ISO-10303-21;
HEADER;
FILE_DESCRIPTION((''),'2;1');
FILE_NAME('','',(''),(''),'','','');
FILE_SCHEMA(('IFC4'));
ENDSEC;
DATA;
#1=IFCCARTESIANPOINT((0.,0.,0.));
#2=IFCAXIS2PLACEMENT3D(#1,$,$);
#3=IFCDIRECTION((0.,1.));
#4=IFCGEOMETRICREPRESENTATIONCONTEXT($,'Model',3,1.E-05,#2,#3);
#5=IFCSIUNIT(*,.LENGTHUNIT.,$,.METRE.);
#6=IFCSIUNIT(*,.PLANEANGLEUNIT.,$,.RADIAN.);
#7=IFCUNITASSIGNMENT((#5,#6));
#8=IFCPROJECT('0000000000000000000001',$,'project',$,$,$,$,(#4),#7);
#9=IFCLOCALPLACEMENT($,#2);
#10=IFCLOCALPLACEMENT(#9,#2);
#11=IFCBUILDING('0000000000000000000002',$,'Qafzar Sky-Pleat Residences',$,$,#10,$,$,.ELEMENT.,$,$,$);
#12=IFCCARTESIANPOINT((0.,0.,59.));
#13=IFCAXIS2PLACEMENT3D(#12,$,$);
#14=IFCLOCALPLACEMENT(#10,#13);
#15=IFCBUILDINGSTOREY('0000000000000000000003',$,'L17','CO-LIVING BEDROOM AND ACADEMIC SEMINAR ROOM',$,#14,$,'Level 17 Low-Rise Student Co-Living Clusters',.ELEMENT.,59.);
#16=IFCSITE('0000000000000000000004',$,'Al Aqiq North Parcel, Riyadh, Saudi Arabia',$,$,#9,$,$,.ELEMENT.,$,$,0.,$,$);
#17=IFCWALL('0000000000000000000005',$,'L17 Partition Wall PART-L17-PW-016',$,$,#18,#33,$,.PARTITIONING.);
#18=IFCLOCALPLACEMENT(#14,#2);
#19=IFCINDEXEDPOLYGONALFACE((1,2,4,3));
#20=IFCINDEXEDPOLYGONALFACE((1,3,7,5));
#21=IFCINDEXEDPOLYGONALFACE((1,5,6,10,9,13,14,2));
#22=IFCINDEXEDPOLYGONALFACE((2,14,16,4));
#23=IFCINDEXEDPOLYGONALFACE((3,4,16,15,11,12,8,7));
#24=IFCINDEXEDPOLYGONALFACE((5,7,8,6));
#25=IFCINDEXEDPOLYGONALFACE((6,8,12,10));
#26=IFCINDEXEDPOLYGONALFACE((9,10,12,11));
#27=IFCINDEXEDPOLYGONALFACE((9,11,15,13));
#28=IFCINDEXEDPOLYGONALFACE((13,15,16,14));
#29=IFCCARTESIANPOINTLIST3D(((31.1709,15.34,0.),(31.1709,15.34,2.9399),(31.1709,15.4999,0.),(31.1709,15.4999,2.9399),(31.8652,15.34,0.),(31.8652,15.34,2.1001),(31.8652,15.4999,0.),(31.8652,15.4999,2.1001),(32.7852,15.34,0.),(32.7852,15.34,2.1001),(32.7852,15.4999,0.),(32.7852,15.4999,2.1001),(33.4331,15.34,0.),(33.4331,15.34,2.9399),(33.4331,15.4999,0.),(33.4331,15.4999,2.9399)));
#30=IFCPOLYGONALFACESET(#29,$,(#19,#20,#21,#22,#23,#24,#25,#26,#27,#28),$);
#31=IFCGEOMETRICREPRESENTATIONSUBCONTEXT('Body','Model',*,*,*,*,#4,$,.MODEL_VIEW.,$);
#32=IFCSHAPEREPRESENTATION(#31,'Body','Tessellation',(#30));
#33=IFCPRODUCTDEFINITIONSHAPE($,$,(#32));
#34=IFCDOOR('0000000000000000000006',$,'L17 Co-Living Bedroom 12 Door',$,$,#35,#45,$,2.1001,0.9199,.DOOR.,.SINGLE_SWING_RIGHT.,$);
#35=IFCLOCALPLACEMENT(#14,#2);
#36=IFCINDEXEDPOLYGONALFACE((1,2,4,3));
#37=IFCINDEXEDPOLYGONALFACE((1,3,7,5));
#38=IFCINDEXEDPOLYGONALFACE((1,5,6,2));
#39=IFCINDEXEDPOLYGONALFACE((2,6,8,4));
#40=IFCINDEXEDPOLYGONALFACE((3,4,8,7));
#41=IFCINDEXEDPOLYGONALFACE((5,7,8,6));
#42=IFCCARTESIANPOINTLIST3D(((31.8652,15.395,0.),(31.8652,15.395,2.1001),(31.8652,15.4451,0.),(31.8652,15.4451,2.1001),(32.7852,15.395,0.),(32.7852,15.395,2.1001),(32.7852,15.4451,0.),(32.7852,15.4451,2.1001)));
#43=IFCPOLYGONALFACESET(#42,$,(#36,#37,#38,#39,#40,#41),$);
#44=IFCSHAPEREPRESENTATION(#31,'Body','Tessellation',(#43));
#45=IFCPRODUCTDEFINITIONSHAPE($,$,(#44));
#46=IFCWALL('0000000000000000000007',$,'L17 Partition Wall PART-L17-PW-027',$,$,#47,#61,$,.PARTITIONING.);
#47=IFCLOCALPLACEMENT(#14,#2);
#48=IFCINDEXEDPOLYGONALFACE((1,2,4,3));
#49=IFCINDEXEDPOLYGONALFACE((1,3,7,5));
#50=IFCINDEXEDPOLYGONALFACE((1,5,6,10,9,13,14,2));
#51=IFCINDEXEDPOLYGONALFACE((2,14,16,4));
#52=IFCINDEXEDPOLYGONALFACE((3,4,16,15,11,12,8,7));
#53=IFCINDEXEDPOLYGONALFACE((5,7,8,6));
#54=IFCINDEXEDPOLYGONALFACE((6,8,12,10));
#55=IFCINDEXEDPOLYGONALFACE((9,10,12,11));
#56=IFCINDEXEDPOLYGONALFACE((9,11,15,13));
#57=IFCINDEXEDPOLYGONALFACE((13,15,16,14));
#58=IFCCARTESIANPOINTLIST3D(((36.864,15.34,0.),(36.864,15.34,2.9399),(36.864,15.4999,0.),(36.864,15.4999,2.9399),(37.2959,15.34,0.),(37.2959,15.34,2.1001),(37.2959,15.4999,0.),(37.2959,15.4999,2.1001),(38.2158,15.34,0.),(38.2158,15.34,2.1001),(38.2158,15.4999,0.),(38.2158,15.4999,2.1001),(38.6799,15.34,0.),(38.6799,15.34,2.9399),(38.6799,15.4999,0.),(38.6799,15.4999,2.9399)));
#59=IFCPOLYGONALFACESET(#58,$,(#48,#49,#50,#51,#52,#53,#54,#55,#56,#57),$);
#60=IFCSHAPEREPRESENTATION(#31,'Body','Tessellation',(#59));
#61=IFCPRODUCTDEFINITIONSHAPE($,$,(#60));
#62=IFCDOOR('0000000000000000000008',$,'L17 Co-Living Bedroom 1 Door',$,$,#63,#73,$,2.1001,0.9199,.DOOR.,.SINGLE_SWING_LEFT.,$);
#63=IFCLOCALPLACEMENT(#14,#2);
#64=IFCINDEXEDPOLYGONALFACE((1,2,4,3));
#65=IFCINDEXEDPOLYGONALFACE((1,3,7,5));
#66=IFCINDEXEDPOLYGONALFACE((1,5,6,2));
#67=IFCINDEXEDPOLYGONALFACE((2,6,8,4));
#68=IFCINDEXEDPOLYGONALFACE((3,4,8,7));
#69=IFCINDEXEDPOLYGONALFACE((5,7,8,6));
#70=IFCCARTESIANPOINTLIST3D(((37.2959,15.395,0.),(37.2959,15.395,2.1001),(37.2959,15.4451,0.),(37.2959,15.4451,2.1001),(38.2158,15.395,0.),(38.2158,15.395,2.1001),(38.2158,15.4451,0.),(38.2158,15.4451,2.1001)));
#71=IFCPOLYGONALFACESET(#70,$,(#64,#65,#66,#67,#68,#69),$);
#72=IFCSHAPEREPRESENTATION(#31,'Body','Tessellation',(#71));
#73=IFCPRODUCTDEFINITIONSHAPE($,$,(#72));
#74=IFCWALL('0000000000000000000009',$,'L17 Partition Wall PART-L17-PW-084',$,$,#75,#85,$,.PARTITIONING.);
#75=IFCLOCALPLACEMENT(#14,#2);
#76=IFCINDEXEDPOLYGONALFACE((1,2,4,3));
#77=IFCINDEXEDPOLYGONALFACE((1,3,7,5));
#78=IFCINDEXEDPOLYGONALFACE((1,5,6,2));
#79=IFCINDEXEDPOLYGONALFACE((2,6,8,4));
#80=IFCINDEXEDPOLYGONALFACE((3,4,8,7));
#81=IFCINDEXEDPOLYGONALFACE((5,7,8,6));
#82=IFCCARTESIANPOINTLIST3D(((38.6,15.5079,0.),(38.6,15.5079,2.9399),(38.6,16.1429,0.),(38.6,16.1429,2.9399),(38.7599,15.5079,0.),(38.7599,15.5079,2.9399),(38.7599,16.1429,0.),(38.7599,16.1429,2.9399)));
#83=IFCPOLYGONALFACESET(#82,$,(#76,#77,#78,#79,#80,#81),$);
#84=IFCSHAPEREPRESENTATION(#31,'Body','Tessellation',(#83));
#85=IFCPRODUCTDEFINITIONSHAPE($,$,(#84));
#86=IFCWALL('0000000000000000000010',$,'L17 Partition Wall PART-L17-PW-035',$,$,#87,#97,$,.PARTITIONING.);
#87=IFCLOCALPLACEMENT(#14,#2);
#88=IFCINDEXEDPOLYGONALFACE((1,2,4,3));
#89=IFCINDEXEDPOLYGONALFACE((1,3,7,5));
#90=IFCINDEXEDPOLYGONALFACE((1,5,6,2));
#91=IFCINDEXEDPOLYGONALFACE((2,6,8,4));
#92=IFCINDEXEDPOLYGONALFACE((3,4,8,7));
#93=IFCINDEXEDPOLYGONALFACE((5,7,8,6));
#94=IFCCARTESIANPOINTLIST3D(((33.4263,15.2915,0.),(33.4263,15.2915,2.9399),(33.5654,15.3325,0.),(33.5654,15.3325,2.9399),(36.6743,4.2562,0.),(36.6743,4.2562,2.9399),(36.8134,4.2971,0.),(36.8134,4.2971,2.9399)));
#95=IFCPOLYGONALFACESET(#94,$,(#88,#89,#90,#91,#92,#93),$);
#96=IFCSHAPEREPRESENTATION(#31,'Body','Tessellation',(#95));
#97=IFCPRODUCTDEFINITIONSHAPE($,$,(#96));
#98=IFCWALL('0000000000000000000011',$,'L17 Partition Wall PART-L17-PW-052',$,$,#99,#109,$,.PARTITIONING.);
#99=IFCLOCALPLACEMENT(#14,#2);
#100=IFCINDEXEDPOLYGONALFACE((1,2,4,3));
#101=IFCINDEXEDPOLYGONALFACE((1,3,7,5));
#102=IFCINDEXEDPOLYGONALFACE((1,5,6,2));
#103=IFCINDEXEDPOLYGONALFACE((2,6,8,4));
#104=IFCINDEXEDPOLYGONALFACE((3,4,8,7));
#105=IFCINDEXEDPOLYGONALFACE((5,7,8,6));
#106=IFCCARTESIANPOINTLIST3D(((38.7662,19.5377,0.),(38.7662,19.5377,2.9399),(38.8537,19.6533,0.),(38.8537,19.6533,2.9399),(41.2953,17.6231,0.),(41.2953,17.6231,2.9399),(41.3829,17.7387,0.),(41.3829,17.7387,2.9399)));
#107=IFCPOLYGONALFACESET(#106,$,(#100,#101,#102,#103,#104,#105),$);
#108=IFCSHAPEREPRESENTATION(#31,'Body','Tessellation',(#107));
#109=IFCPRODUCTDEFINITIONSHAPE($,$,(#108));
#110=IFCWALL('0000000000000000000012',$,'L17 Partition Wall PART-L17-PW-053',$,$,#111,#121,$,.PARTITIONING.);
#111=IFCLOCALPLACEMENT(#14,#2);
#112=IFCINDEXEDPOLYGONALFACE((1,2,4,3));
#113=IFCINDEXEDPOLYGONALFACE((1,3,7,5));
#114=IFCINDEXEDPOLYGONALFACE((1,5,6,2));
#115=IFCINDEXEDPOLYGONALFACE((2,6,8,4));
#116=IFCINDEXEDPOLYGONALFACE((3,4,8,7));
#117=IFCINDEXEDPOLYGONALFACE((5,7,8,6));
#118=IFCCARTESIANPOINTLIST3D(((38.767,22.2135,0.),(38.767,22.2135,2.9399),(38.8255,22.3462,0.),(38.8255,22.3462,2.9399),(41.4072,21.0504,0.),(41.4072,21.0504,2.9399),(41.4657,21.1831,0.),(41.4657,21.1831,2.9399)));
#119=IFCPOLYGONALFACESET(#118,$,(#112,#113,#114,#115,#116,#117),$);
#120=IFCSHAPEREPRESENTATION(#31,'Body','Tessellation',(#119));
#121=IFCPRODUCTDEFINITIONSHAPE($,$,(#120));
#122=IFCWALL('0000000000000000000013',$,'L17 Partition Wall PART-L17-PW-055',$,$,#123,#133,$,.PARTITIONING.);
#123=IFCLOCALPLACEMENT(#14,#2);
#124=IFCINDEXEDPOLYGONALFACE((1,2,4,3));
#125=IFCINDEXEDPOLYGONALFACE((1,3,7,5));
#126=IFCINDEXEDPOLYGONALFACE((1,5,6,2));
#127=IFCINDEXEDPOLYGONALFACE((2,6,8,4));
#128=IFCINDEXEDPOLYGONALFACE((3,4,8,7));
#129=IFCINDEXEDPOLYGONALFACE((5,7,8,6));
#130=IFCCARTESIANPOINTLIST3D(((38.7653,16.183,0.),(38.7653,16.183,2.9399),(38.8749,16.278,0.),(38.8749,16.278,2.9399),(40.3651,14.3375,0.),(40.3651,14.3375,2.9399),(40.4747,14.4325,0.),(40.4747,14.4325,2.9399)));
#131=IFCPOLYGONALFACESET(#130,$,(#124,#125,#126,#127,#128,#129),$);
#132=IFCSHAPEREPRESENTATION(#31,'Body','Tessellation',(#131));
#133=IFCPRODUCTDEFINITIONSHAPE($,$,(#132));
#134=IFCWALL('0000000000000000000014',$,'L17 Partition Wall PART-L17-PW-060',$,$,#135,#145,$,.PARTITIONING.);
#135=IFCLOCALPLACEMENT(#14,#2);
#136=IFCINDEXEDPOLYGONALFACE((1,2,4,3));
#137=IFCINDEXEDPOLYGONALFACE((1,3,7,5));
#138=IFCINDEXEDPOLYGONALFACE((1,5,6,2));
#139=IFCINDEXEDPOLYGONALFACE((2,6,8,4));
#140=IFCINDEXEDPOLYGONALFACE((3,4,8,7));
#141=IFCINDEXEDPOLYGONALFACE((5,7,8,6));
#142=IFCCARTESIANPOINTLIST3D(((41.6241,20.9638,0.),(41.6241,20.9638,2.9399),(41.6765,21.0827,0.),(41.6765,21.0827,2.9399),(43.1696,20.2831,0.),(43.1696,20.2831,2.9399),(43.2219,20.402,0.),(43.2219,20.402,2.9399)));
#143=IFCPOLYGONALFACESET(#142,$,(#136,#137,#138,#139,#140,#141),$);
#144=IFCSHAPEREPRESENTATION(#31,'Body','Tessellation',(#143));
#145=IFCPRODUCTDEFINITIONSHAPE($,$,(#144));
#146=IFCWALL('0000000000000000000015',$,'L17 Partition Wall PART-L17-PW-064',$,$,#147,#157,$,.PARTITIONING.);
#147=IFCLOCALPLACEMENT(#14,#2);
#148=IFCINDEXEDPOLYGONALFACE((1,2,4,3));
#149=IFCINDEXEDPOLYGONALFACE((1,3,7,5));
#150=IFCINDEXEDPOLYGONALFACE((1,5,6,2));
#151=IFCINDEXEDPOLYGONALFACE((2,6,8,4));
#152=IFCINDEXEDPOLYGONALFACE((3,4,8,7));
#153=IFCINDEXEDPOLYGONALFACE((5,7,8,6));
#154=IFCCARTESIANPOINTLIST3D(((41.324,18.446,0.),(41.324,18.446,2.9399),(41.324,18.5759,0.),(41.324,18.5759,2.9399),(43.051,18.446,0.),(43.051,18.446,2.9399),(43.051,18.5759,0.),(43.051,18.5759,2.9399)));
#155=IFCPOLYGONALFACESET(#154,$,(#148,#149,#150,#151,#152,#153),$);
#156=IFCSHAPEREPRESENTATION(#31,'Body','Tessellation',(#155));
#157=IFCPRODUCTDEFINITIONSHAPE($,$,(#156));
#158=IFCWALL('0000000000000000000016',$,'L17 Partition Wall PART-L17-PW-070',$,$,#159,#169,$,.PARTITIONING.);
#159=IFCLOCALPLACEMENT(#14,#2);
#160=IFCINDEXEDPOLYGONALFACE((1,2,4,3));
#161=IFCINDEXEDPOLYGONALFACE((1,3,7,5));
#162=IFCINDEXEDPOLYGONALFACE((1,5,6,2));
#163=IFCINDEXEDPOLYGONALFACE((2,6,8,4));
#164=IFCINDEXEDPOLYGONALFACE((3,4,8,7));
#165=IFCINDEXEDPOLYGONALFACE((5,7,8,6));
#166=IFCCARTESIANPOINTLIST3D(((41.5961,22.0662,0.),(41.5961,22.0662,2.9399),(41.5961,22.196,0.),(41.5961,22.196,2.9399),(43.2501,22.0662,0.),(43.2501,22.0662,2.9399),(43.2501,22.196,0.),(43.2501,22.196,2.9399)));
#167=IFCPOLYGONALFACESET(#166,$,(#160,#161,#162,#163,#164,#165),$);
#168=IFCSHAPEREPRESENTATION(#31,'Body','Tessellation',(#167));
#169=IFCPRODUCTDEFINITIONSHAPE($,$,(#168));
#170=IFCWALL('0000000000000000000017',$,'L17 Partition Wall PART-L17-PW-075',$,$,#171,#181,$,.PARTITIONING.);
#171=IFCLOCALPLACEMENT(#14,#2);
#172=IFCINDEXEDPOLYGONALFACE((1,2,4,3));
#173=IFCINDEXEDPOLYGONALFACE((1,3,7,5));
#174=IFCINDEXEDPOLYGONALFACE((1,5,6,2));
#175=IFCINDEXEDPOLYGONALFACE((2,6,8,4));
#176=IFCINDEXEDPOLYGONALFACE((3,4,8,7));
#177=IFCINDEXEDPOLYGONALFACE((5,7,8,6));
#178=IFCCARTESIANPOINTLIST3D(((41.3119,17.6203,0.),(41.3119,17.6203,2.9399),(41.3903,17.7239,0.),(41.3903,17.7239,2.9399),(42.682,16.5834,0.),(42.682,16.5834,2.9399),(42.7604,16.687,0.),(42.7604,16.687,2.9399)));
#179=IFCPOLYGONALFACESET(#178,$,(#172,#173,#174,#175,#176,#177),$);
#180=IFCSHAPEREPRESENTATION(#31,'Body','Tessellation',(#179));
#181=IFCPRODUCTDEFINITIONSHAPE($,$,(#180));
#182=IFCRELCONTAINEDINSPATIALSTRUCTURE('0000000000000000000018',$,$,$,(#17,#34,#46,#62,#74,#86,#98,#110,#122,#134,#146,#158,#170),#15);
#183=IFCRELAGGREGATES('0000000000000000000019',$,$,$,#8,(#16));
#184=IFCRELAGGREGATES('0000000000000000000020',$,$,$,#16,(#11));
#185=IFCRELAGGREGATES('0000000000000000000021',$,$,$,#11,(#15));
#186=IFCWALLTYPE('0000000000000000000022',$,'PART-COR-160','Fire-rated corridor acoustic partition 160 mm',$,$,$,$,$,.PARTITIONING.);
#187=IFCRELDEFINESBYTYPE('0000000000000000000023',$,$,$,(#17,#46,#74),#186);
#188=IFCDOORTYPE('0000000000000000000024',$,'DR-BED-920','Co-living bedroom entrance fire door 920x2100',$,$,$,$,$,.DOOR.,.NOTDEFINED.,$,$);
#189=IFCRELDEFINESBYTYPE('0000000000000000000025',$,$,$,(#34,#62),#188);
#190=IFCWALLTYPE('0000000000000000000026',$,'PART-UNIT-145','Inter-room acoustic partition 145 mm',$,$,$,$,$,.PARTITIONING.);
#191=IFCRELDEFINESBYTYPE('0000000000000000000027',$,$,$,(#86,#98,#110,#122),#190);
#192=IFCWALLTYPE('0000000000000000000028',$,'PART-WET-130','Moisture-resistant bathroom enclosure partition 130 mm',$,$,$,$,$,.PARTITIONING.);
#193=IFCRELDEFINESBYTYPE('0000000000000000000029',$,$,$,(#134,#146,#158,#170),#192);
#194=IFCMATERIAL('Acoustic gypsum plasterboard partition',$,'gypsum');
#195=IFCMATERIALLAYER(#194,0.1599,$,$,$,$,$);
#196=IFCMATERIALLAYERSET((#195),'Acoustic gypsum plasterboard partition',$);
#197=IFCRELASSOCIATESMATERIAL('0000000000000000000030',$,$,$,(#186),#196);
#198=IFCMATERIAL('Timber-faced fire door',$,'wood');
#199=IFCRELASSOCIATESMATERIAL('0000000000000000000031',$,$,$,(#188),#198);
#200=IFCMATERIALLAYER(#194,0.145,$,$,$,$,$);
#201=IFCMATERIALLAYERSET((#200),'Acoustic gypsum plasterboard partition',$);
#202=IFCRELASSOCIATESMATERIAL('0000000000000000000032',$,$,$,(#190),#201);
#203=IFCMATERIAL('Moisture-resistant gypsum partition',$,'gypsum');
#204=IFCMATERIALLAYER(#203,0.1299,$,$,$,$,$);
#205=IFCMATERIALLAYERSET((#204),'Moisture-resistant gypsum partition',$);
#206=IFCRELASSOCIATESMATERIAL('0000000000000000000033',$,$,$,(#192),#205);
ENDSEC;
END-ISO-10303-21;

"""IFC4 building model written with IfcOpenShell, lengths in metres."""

from ifc_helpers import new_model, si_unit, direction, frame, frame_2d, origin, place, context, subcontext, project, spatial, rectangle, extrude, source, transform, mapped, material, layer, layer_set, type_object, element, fill, save


model = new_model("IFC4")

# Units and contexts
model_context = context("Model", 3, precision=1e-05, world=origin(), true_north=direction((0.0, 1.0)))
body_context = subcontext(model_context, "Body", "Model", "MODEL_VIEW")
ifc_project = project(units=[si_unit("LENGTHUNIT", "METRE"), si_unit("PLANEANGLEUNIT", "RADIAN")], contexts=[model_context])

# Site, building, storey
site_placement = place(None, origin())
site = spatial("IfcSite", under=ifc_project, at=site_placement, Name="Al Aqiq North Parcel, Riyadh, Saudi Arabia", CompositionType="ELEMENT", RefElevation=0.0)
building_placement = place(site_placement, origin())
building = spatial("IfcBuilding", under=site, at=building_placement, Name="Qafzar Sky-Pleat Residences", CompositionType="ELEMENT")
storey_placement = place(building_placement, frame((0.0, 0.0, 59.0)))
storey = spatial("IfcBuildingStorey", under=building, at=storey_placement, Name="L17", Description="CO-LIVING BEDROOM AND ACADEMIC SEMINAR ROOM", LongName="Level 17 Low-Rise Student Co-Living Clusters", CompositionType="ELEMENT", Elevation=59.0)

# Walls, openings, doors
ifc_material_1 = material(Name="Acoustic gypsum plasterboard partition", Category="gypsum")
ifc_layer_1 = layer(ifc_material_1, 0.1599)
ifc_layer_set_1 = layer_set([ifc_layer_1], Name="Acoustic gypsum plasterboard partition")
wall_type_1 = type_object("IfcWallType", Name="PART-COR-160", Description="Fire-rated corridor acoustic partition 160 mm", PredefinedType="PARTITIONING", material=ifc_layer_set_1)
ifc_material_2 = material(Name="Timber-faced fire door", Category="wood")
door_type_1 = type_object("IfcDoorType", Name="DR-BED-920", Description="Co-living bedroom entrance fire door 920x2100", OperationType="NOTDEFINED", PredefinedType="DOOR", material=ifc_material_2)
shared_shape_1 = source(origin(), body_context, "Body", "SweptSolid", [
    extrude(rectangle(XDim=0.9199, YDim=2.1001, at=frame_2d((0.46, 1.05))), frame((0.0, 0.0249, 0.0), z_axis=(0.0, -1.0, 0.0), x_axis=(1.0, 0.0, 0.0)), (0.0, 0.0, 1.0), 0.05),
])
wall_1_placement = place(storey_placement, frame((33.4331, 15.4199, 0.0), z_axis=(0.0, 0.0, 1.0), x_axis=(-1.0, 0.0, 0.0)))
wall_1 = element("IfcWall", 1, at=wall_1_placement, inside=storey, type_object=wall_type_1, Name="L17 Partition Wall PART-L17-PW-016", PredefinedType="PARTITIONING", context=body_context, shape_type="SweptSolid", body=[
    extrude(rectangle(XDim=2.2622, YDim=0.1599, at=frame_2d((1.1311, 0.0))), origin(), (0.0, 0.0, 1.0), 2.9399),
])
opening_1_placement = place(wall_1_placement, frame((0.6479, 0.0, 0.0)))
opening_1 = element("IfcOpeningElement", 2, at=opening_1_placement, cuts=wall_1, PredefinedType="OPENING", context=body_context, shape_type="SweptSolid", body=[
    extrude(rectangle(XDim=0.9199, YDim=2.1001, at=frame_2d((0.46, 1.05))), frame((0.0, 0.0898, 0.0), z_axis=(0.0, -1.0, 0.0), x_axis=(1.0, 0.0, 0.0)), (0.0, 0.0, 1.0), 0.1799),
])
door_1_placement = place(opening_1_placement, origin())
door_1 = element("IfcDoor", 3, at=door_1_placement, inside=storey, type_object=door_type_1, Name="L17 Co-Living Bedroom 12 Door", OperationType="SINGLE_SWING_RIGHT", OverallHeight=2.1001, OverallWidth=0.9199, PredefinedType="DOOR", context=body_context, shape_type="MappedRepresentation", body=[
    mapped(shared_shape_1, transform((0.0, 0.0, 0.0), x_axis=(1.0, 0.0, 0.0), y_axis=(0.0, 1.0, 0.0), z_axis=(0.0, 0.0, 1.0), scale=1.0)),
])
fill(opening_1, door_1)
wall_2_placement = place(storey_placement, frame((38.6799, 15.4199, 0.0), z_axis=(0.0, 0.0, 1.0), x_axis=(-1.0, 0.0, 0.0)))
wall_2 = element("IfcWall", 4, at=wall_2_placement, inside=storey, type_object=wall_type_1, Name="L17 Partition Wall PART-L17-PW-027", PredefinedType="PARTITIONING", context=body_context, shape_type="SweptSolid", body=[
    extrude(rectangle(XDim=1.8159, YDim=0.1599, at=frame_2d((0.908, 0.0))), origin(), (0.0, 0.0, 1.0), 2.9399),
])
opening_2_placement = place(wall_2_placement, frame((0.4641, 0.0, 0.0)))
opening_2 = element("IfcOpeningElement", 5, at=opening_2_placement, cuts=wall_2, PredefinedType="OPENING", context=body_context, shape_type="SweptSolid", body=[
    extrude(rectangle(XDim=0.9199, YDim=2.1001, at=frame_2d((0.46, 1.05))), frame((0.0, 0.0898, 0.0), z_axis=(0.0, -1.0, 0.0), x_axis=(1.0, 0.0, 0.0)), (0.0, 0.0, 1.0), 0.1799),
])
door_2_placement = place(opening_2_placement, origin())
door_2 = element("IfcDoor", 6, at=door_2_placement, inside=storey, type_object=door_type_1, Name="L17 Co-Living Bedroom 1 Door", OperationType="SINGLE_SWING_LEFT", OverallHeight=2.1001, OverallWidth=0.9199, PredefinedType="DOOR", context=body_context, shape_type="MappedRepresentation", body=[
    mapped(shared_shape_1, transform((0.0, 0.0, 0.0), x_axis=(1.0, 0.0, 0.0), y_axis=(0.0, 1.0, 0.0), z_axis=(0.0, 0.0, 1.0), scale=1.0)),
])
fill(opening_2, door_2)

# Walls
wall_3_placement = place(storey_placement, frame((38.6799, 15.5081, 0.0), z_axis=(0.0, 0.0, 1.0), x_axis=(0.0, 1.0, 0.0)))
element("IfcWall", 7, at=wall_3_placement, inside=storey, type_object=wall_type_1, Name="L17 Partition Wall PART-L17-PW-084", PredefinedType="PARTITIONING", context=body_context, shape_type="SweptSolid", body=[
    extrude(rectangle(XDim=0.635, YDim=0.1599, at=frame_2d((0.3174, 0.0))), origin(), (0.0, 0.0, 1.0), 2.9399),
])
ifc_layer_2 = layer(ifc_material_1, 0.145)
ifc_layer_set_2 = layer_set([ifc_layer_2], Name="Acoustic gypsum plasterboard partition")
wall_type_2 = type_object("IfcWallType", Name="PART-UNIT-145", Description="Inter-room acoustic partition 145 mm", PredefinedType="PARTITIONING", material=ifc_layer_set_2)
wall_4_placement = place(storey_placement, frame((33.4958, 15.312, 0.0), z_axis=(0.0, 0.0, 1.0), x_axis=(0.282354, -0.95931, 0.0)))
element("IfcWall", 8, at=wall_4_placement, inside=storey, type_object=wall_type_2, Name="L17 Partition Wall PART-L17-PW-035", PredefinedType="PARTITIONING", context=body_context, shape_type="SweptSolid", body=[
    extrude(rectangle(XDim=11.5034, YDim=0.145, at=frame_2d((5.7517, 0.0))), origin(), (0.0, 0.0, 1.0), 2.9399),
])
wall_5_placement = place(storey_placement, frame((38.8101, 19.5955, 0.0), z_axis=(0.0, 0.0, 1.0), x_axis=(0.797304, -0.603578, 0.0)))
element("IfcWall", 9, at=wall_5_placement, inside=storey, type_object=wall_type_2, Name="L17 Partition Wall PART-L17-PW-052", PredefinedType="PARTITIONING", context=body_context, shape_type="SweptSolid", body=[
    extrude(rectangle(XDim=3.1721, YDim=0.145, at=frame_2d((1.5859, 0.0))), origin(), (0.0, 0.0, 1.0), 2.9399),
])
wall_6_placement = place(storey_placement, frame((38.7964, 22.2798, 0.0), z_axis=(0.0, 0.0, 1.0), x_axis=(0.915133, -0.403153, 0.0)))
element("IfcWall", 10, at=wall_6_placement, inside=storey, type_object=wall_type_2, Name="L17 Partition Wall PART-L17-PW-053", PredefinedType="PARTITIONING", context=body_context, shape_type="SweptSolid", body=[
    extrude(rectangle(XDim=2.885, YDim=0.145, at=frame_2d((1.4424, 0.0))), origin(), (0.0, 0.0, 1.0), 2.9399),
])
wall_7_placement = place(storey_placement, frame((38.8201, 16.2305, 0.0), z_axis=(0.0, 0.0, 1.0), x_axis=(0.655037, -0.755597, 0.0)))
element("IfcWall", 11, at=wall_7_placement, inside=storey, type_object=wall_type_2, Name="L17 Partition Wall PART-L17-PW-055", PredefinedType="PARTITIONING", context=body_context, shape_type="SweptSolid", body=[
    extrude(rectangle(XDim=2.4424, YDim=0.145, at=frame_2d((1.2212, 0.0))), origin(), (0.0, 0.0, 1.0), 2.9399),
])
ifc_material_3 = material(Name="Moisture-resistant gypsum partition", Category="gypsum")
ifc_layer_3 = layer(ifc_material_3, 0.1299)
ifc_layer_set_3 = layer_set([ifc_layer_3], Name="Moisture-resistant gypsum partition")
wall_type_3 = type_object("IfcWallType", Name="PART-WET-130", Description="Moisture-resistant bathroom enclosure partition 130 mm", PredefinedType="PARTITIONING", material=ifc_layer_set_3)
wall_8_placement = place(storey_placement, frame((41.6504, 21.0232, 0.0), z_axis=(0.0, 0.0, 1.0), x_axis=(0.915166, -0.403078, 0.0)))
element("IfcWall", 12, at=wall_8_placement, inside=storey, type_object=wall_type_3, Name="L17 Partition Wall PART-L17-PW-060", PredefinedType="PARTITIONING", context=body_context, shape_type="SweptSolid", body=[
    extrude(rectangle(XDim=1.6887, YDim=0.1299, at=frame_2d((0.8442, 0.0))), origin(), (0.0, 0.0, 1.0), 2.9399),
])
wall_9_placement = place(storey_placement, frame((41.324, 18.511, 0.0), z_axis=(0.0, 0.0, 1.0), x_axis=(1.0, 0.0, 0.0)))
element("IfcWall", 13, at=wall_9_placement, inside=storey, type_object=wall_type_3, Name="L17 Partition Wall PART-L17-PW-064", PredefinedType="PARTITIONING", context=body_context, shape_type="SweptSolid", body=[
    extrude(rectangle(XDim=1.7271, YDim=0.1299, at=frame_2d((0.8635, 0.0))), origin(), (0.0, 0.0, 1.0), 2.9399),
])
wall_10_placement = place(storey_placement, frame((41.5959, 22.1311, 0.0), z_axis=(0.0, 0.0, 1.0), x_axis=(1.0, 0.0, 0.0)))
element("IfcWall", 14, at=wall_10_placement, inside=storey, type_object=wall_type_3, Name="L17 Partition Wall PART-L17-PW-070", PredefinedType="PARTITIONING", context=body_context, shape_type="SweptSolid", body=[
    extrude(rectangle(XDim=1.6541, YDim=0.1299, at=frame_2d((0.8271, 0.0))), origin(), (0.0, 0.0, 1.0), 2.9399),
])
wall_11_placement = place(storey_placement, frame((41.3511, 17.6721, 0.0), z_axis=(0.0, 0.0, 1.0), x_axis=(0.797401, -0.60345, 0.0)))
element("IfcWall", 15, at=wall_11_placement, inside=storey, type_object=wall_type_3, Name="L17 Partition Wall PART-L17-PW-075", PredefinedType="PARTITIONING", context=body_context, shape_type="SweptSolid", body=[
    extrude(rectangle(XDim=1.7183, YDim=0.1299, at=frame_2d((0.8591, 0.0))), origin(), (0.0, 0.0, 1.0), 2.9399),
])

save(model, "model.ifc")
